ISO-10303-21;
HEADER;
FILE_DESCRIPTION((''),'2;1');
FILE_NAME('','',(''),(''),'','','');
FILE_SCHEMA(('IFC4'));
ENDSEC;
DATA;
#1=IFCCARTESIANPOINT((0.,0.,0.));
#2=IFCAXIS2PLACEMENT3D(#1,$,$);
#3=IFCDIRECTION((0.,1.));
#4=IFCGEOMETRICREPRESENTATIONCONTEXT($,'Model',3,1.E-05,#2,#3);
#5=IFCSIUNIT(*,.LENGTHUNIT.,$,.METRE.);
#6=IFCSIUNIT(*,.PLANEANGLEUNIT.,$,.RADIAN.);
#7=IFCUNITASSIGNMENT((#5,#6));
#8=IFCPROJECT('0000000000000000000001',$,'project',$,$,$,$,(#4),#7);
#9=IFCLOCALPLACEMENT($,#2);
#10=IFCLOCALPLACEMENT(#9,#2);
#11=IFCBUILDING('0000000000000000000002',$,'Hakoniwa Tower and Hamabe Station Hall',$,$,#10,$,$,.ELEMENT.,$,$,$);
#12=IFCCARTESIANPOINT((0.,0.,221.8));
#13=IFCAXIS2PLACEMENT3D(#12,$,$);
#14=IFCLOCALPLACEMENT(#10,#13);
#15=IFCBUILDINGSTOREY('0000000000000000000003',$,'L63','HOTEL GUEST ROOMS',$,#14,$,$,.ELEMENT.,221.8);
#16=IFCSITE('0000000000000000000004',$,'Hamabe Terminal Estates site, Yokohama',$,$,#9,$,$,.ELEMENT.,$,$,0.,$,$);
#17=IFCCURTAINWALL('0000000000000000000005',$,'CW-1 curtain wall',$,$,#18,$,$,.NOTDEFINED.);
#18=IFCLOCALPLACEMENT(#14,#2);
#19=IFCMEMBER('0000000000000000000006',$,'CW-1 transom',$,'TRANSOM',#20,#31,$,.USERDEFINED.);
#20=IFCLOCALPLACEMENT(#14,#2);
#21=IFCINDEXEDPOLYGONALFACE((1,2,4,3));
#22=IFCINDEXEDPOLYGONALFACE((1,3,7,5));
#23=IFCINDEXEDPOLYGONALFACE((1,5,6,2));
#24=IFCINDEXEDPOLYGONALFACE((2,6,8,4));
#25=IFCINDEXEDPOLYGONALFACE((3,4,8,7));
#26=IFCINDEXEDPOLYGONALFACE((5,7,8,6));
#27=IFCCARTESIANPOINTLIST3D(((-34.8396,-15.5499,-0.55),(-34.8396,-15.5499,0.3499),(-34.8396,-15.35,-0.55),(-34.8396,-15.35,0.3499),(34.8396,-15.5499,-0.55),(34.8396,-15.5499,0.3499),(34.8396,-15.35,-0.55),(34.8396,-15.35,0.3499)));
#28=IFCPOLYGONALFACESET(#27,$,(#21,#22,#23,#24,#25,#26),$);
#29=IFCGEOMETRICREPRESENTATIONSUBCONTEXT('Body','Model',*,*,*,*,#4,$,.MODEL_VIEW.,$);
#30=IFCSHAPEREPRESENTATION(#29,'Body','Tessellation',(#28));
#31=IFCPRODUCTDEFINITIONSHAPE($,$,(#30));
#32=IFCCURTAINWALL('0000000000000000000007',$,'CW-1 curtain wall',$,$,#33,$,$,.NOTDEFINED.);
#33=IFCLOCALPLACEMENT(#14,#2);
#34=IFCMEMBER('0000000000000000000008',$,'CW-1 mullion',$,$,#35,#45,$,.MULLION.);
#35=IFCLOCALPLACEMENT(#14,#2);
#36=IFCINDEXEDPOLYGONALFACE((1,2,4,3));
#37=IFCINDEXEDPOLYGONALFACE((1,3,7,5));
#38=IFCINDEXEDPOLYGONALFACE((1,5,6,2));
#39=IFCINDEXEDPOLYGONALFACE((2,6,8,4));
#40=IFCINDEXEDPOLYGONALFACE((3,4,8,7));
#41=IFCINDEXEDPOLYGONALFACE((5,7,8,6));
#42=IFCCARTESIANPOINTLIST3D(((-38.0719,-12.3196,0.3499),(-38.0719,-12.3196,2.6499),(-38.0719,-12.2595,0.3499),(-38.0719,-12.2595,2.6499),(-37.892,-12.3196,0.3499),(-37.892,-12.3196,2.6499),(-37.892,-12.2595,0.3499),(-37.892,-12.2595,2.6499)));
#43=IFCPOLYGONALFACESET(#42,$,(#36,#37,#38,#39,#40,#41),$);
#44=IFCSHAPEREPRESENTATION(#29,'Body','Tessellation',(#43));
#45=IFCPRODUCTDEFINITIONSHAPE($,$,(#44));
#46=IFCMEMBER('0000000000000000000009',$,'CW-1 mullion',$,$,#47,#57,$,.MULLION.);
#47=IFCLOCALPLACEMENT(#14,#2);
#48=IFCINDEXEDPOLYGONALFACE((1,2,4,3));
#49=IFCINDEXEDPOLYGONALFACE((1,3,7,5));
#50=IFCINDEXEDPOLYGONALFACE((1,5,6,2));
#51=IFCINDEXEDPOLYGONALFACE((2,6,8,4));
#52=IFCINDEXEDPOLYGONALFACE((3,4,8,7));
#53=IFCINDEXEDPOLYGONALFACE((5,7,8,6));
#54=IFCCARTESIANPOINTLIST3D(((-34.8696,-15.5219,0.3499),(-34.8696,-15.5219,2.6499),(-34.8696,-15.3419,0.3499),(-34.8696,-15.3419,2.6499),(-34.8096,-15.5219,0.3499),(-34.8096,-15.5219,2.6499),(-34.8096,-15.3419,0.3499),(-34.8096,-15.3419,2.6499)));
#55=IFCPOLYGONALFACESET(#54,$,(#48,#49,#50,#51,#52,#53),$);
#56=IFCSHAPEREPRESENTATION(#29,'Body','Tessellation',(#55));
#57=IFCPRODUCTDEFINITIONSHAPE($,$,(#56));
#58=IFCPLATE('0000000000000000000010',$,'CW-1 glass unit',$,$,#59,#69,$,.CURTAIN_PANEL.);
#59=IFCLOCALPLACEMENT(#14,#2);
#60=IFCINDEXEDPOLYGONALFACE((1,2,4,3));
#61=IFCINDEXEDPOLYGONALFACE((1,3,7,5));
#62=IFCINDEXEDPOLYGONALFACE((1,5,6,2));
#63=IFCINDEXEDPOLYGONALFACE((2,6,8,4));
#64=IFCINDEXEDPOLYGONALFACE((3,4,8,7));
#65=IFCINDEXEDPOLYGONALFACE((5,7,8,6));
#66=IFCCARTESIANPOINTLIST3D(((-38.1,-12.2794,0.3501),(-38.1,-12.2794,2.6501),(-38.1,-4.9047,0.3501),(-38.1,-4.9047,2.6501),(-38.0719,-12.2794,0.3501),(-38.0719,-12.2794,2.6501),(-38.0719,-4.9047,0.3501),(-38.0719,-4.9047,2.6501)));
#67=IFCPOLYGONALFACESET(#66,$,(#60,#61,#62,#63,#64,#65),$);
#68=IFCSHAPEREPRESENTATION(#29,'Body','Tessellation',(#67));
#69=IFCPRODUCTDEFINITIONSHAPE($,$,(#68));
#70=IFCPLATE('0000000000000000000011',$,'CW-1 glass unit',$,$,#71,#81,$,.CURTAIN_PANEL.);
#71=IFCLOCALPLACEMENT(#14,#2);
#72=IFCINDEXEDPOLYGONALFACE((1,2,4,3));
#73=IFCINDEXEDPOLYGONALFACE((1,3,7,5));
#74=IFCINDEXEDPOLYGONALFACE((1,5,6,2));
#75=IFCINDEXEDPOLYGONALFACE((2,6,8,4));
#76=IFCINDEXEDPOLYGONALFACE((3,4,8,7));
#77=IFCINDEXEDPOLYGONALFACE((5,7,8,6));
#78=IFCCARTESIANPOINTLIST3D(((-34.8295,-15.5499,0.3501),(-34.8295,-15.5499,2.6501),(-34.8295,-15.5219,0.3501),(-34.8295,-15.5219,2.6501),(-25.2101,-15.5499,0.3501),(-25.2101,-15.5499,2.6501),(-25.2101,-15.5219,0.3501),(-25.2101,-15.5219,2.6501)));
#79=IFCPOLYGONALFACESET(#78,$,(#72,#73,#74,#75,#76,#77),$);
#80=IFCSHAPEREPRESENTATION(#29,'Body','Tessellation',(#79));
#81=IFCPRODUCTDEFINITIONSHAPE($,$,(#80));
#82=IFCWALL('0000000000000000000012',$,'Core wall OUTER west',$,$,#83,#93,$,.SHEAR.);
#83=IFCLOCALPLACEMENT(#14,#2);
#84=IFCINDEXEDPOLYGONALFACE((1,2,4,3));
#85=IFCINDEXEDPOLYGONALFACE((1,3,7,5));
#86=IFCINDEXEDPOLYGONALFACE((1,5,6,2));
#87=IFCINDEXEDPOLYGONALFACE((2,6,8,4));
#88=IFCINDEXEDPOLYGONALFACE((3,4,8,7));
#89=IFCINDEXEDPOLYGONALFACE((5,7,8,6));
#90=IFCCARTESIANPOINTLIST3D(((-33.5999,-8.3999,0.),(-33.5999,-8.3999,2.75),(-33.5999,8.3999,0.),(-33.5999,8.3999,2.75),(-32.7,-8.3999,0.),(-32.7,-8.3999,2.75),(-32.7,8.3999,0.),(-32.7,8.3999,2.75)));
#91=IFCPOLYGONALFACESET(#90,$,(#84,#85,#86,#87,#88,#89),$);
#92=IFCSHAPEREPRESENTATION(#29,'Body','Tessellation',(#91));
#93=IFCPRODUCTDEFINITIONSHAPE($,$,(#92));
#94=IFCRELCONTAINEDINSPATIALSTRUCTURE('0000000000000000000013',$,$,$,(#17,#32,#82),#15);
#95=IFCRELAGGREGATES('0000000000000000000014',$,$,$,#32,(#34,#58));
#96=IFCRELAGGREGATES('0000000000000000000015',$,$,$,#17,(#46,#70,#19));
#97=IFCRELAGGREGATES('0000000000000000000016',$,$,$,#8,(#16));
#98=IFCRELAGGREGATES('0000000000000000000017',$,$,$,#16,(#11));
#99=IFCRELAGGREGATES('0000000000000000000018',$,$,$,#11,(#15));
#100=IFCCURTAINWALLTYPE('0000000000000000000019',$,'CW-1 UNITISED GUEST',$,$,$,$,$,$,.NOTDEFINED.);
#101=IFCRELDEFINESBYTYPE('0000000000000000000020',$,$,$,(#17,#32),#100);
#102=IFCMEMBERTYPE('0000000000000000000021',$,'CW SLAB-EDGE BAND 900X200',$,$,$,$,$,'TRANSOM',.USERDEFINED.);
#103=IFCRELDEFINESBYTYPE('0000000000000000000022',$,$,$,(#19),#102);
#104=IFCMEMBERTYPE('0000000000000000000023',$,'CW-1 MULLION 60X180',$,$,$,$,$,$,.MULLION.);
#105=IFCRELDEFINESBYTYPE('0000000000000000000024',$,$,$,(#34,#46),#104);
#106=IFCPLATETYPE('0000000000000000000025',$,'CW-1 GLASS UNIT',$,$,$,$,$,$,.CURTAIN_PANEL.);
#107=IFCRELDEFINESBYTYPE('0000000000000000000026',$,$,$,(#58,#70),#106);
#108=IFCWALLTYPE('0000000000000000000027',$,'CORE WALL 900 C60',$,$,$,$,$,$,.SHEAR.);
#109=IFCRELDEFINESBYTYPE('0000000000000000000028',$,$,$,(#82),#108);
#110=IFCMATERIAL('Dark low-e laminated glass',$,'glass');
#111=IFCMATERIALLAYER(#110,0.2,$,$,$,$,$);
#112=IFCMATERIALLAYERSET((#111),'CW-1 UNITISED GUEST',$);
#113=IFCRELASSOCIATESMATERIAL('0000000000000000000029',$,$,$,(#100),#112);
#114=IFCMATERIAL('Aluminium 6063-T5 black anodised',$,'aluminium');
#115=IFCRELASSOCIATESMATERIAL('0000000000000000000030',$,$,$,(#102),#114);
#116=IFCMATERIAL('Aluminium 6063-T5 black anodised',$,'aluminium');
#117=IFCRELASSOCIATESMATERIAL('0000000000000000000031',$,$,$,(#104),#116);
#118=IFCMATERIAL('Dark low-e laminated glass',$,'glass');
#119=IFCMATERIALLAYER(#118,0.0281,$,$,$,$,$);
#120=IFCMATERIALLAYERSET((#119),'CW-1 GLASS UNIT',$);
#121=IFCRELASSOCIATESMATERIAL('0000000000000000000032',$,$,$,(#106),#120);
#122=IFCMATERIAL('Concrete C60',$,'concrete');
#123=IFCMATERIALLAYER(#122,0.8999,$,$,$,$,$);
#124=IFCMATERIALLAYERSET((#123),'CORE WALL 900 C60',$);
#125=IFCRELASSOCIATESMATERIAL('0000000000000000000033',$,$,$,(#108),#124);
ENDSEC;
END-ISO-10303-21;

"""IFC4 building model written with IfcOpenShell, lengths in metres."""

from ifc_helpers import new_model, si_unit, direction, frame, frame_2d, origin, origin_2d, place, context, subcontext, project, spatial, rectangle, extrude, material, layer, layer_set, material_profile, profile_set, type_object, element, aggregate, save


model = new_model("IFC4")

# Units and contexts
model_context = context("Model", 3, precision=1e-05, world=origin(), true_north=direction((0.0, 1.0)))
body_context = subcontext(model_context, "Body", "Model", "MODEL_VIEW")
ifc_project = project(units=[si_unit("LENGTHUNIT", "METRE"), si_unit("PLANEANGLEUNIT", "RADIAN")], contexts=[model_context])

# Site, building, storey
site_placement = place(None, origin())
site = spatial("IfcSite", under=ifc_project, at=site_placement, Name="Hamabe Terminal Estates site, Yokohama", CompositionType="ELEMENT", RefElevation=0.0)
building_placement = place(site_placement, origin())
building = spatial("IfcBuilding", under=site, at=building_placement, Name="Hakoniwa Tower and Hamabe Station Hall", CompositionType="ELEMENT")
storey_placement = place(building_placement, frame((0.0, 0.0, 221.8)))
storey = spatial("IfcBuildingStorey", under=building, at=storey_placement, Name="L63", Description="HOTEL GUEST ROOMS", CompositionType="ELEMENT", Elevation=221.8)

# Curtain walls, members
ifc_material_1 = material(Name="Dark low-e laminated glass", Category="glass")
ifc_layer_1 = layer(ifc_material_1, 0.2)
ifc_layer_set_1 = layer_set([ifc_layer_1], Name="CW-1 UNITISED GUEST")
curtain_wall_type = type_object("IfcCurtainWallType", Name="CW-1 UNITISED GUEST", PredefinedType="NOTDEFINED", material=ifc_layer_set_1)
curtain_wall_1_placement = place(storey_placement, origin())
curtain_wall_1 = element("IfcCurtainWall", 1, at=curtain_wall_1_placement, inside=storey, type_object=curtain_wall_type, Name="CW-1 curtain wall", PredefinedType="NOTDEFINED")
ifc_material_2 = material(Name="Aluminium 6063-T5 black anodised", Category="aluminium")
ifc_material_profile_1 = material_profile(ifc_material_2, rectangle(XDim=0.2, YDim=0.8999, at=origin_2d()), Name="CW SLAB-EDGE BAND 900X200")
ifc_profile_set_1 = profile_set([ifc_material_profile_1], Name="Aluminium 6063-T5 black anodised")
member_type_1 = type_object("IfcMemberType", Name="CW SLAB-EDGE BAND 900X200", ElementType="TRANSOM", PredefinedType="USERDEFINED", material=ifc_profile_set_1)
member_1_placement = place(storey_placement, frame((-34.8396, -15.45, -0.1001), z_axis=(1.0, 0.0, 0.0), x_axis=(0.0, 1.0, 0.0)))
member_1 = element("IfcMember", 2, at=member_1_placement, type_object=member_type_1, Name="CW-1 transom", ObjectType="TRANSOM", PredefinedType="USERDEFINED", context=body_context, shape_type="SweptSolid", body=[
    extrude(rectangle(XDim=0.2, YDim=0.8999, at=origin_2d()), origin(), (0.0, 0.0, 1.0), 69.6792),
])
curtain_wall_2_placement = place(storey_placement, origin())
curtain_wall_2 = element("IfcCurtainWall", 3, at=curtain_wall_2_placement, inside=storey, type_object=curtain_wall_type, Name="CW-1 curtain wall", PredefinedType="NOTDEFINED")
ifc_material_3 = material(Name="Aluminium 6063-T5 black anodised", Category="aluminium")
ifc_material_profile_2 = material_profile(ifc_material_3, rectangle(XDim=0.0601, YDim=0.1799, at=origin_2d()), Name="CW-1 MULLION 60X180")
ifc_profile_set_2 = profile_set([ifc_material_profile_2], Name="Aluminium 6063-T5 black anodised")
member_type_2 = type_object("IfcMemberType", Name="CW-1 MULLION 60X180", PredefinedType="MULLION", material=ifc_profile_set_2)
member_2_placement = place(storey_placement, frame((-37.9819, -12.2896, 0.3499), z_axis=(0.0, 0.0, 1.0), x_axis=(0.0, -1.0, 0.0)))
member_2 = element("IfcMember", 4, at=member_2_placement, type_object=member_type_2, Name="CW-1 mullion", PredefinedType="MULLION", context=body_context, shape_type="SweptSolid", body=[
    extrude(rectangle(XDim=0.0601, YDim=0.1799, at=origin_2d()), origin(), (0.0, 0.0, 1.0), 2.3),
])

# Member
member_3_placement = place(storey_placement, frame((-34.8396, -15.4319, 0.3499), z_axis=(0.0, 0.0, 1.0), x_axis=(1.0, 0.0, 0.0)))
member_3 = element("IfcMember", 5, at=member_3_placement, type_object=member_type_2, Name="CW-1 mullion", PredefinedType="MULLION", context=body_context, shape_type="SweptSolid", body=[
    extrude(rectangle(XDim=0.0601, YDim=0.1799, at=origin_2d()), origin(), (0.0, 0.0, 1.0), 2.3),
])

# Plates
ifc_material_4 = material(Name="Dark low-e laminated glass", Category="glass")
ifc_layer_2 = layer(ifc_material_4, 0.0281)
ifc_layer_set_2 = layer_set([ifc_layer_2], Name="CW-1 GLASS UNIT")
plate_type = type_object("IfcPlateType", Name="CW-1 GLASS UNIT", PredefinedType="CURTAIN_PANEL", material=ifc_layer_set_2)
plate_1_placement = place(storey_placement, frame((-38.0859, -8.592, 0.3501), z_axis=(0.0, 0.0, 1.0), x_axis=(0.0, -1.0, 0.0)))
plate_1 = element("IfcPlate", 6, at=plate_1_placement, type_object=plate_type, Name="CW-1 glass unit", PredefinedType="CURTAIN_PANEL", context=body_context, shape_type="SweptSolid", body=[
    extrude(rectangle(XDim=7.3748, YDim=0.0281, at=origin_2d()), origin(), (0.0, 0.0, 1.0), 2.3),
])
aggregate(curtain_wall_2, [member_2, plate_1])
plate_2_placement = place(storey_placement, frame((-30.0198, -15.5359, 0.3501), z_axis=(0.0, 0.0, 1.0), x_axis=(1.0, 0.0, 0.0)))
plate_2 = element("IfcPlate", 7, at=plate_2_placement, type_object=plate_type, Name="CW-1 glass unit", PredefinedType="CURTAIN_PANEL", context=body_context, shape_type="SweptSolid", body=[
    extrude(rectangle(XDim=9.6194, YDim=0.0281, at=origin_2d()), origin(), (0.0, 0.0, 1.0), 2.3),
])
aggregate(curtain_wall_1, [member_3, plate_2, member_1])

# Wall
ifc_material_5 = material(Name="Concrete C60", Category="concrete")
ifc_layer_3 = layer(ifc_material_5, 0.8999)
ifc_layer_set_3 = layer_set([ifc_layer_3], Name="CORE WALL 900 C60")
wall_type_1 = type_object("IfcWallType", Name="CORE WALL 900 C60", PredefinedType="SHEAR", material=ifc_layer_set_3)
wall_1_placement = place(storey_placement, frame((-33.1499, -8.3999, 0.0), z_axis=(0.0, 0.0, 1.0), x_axis=(0.0, 1.0, 0.0)))
element("IfcWall", 8, at=wall_1_placement, inside=storey, type_object=wall_type_1, Name="Core wall OUTER west", PredefinedType="SHEAR", context=body_context, shape_type="SweptSolid", body=[
    extrude(rectangle(XDim=16.7998, YDim=0.8999, at=frame_2d((8.3999, 0.0))), origin(), (0.0, 0.0, 1.0), 2.75),
])

save(model, "model.ifc")
